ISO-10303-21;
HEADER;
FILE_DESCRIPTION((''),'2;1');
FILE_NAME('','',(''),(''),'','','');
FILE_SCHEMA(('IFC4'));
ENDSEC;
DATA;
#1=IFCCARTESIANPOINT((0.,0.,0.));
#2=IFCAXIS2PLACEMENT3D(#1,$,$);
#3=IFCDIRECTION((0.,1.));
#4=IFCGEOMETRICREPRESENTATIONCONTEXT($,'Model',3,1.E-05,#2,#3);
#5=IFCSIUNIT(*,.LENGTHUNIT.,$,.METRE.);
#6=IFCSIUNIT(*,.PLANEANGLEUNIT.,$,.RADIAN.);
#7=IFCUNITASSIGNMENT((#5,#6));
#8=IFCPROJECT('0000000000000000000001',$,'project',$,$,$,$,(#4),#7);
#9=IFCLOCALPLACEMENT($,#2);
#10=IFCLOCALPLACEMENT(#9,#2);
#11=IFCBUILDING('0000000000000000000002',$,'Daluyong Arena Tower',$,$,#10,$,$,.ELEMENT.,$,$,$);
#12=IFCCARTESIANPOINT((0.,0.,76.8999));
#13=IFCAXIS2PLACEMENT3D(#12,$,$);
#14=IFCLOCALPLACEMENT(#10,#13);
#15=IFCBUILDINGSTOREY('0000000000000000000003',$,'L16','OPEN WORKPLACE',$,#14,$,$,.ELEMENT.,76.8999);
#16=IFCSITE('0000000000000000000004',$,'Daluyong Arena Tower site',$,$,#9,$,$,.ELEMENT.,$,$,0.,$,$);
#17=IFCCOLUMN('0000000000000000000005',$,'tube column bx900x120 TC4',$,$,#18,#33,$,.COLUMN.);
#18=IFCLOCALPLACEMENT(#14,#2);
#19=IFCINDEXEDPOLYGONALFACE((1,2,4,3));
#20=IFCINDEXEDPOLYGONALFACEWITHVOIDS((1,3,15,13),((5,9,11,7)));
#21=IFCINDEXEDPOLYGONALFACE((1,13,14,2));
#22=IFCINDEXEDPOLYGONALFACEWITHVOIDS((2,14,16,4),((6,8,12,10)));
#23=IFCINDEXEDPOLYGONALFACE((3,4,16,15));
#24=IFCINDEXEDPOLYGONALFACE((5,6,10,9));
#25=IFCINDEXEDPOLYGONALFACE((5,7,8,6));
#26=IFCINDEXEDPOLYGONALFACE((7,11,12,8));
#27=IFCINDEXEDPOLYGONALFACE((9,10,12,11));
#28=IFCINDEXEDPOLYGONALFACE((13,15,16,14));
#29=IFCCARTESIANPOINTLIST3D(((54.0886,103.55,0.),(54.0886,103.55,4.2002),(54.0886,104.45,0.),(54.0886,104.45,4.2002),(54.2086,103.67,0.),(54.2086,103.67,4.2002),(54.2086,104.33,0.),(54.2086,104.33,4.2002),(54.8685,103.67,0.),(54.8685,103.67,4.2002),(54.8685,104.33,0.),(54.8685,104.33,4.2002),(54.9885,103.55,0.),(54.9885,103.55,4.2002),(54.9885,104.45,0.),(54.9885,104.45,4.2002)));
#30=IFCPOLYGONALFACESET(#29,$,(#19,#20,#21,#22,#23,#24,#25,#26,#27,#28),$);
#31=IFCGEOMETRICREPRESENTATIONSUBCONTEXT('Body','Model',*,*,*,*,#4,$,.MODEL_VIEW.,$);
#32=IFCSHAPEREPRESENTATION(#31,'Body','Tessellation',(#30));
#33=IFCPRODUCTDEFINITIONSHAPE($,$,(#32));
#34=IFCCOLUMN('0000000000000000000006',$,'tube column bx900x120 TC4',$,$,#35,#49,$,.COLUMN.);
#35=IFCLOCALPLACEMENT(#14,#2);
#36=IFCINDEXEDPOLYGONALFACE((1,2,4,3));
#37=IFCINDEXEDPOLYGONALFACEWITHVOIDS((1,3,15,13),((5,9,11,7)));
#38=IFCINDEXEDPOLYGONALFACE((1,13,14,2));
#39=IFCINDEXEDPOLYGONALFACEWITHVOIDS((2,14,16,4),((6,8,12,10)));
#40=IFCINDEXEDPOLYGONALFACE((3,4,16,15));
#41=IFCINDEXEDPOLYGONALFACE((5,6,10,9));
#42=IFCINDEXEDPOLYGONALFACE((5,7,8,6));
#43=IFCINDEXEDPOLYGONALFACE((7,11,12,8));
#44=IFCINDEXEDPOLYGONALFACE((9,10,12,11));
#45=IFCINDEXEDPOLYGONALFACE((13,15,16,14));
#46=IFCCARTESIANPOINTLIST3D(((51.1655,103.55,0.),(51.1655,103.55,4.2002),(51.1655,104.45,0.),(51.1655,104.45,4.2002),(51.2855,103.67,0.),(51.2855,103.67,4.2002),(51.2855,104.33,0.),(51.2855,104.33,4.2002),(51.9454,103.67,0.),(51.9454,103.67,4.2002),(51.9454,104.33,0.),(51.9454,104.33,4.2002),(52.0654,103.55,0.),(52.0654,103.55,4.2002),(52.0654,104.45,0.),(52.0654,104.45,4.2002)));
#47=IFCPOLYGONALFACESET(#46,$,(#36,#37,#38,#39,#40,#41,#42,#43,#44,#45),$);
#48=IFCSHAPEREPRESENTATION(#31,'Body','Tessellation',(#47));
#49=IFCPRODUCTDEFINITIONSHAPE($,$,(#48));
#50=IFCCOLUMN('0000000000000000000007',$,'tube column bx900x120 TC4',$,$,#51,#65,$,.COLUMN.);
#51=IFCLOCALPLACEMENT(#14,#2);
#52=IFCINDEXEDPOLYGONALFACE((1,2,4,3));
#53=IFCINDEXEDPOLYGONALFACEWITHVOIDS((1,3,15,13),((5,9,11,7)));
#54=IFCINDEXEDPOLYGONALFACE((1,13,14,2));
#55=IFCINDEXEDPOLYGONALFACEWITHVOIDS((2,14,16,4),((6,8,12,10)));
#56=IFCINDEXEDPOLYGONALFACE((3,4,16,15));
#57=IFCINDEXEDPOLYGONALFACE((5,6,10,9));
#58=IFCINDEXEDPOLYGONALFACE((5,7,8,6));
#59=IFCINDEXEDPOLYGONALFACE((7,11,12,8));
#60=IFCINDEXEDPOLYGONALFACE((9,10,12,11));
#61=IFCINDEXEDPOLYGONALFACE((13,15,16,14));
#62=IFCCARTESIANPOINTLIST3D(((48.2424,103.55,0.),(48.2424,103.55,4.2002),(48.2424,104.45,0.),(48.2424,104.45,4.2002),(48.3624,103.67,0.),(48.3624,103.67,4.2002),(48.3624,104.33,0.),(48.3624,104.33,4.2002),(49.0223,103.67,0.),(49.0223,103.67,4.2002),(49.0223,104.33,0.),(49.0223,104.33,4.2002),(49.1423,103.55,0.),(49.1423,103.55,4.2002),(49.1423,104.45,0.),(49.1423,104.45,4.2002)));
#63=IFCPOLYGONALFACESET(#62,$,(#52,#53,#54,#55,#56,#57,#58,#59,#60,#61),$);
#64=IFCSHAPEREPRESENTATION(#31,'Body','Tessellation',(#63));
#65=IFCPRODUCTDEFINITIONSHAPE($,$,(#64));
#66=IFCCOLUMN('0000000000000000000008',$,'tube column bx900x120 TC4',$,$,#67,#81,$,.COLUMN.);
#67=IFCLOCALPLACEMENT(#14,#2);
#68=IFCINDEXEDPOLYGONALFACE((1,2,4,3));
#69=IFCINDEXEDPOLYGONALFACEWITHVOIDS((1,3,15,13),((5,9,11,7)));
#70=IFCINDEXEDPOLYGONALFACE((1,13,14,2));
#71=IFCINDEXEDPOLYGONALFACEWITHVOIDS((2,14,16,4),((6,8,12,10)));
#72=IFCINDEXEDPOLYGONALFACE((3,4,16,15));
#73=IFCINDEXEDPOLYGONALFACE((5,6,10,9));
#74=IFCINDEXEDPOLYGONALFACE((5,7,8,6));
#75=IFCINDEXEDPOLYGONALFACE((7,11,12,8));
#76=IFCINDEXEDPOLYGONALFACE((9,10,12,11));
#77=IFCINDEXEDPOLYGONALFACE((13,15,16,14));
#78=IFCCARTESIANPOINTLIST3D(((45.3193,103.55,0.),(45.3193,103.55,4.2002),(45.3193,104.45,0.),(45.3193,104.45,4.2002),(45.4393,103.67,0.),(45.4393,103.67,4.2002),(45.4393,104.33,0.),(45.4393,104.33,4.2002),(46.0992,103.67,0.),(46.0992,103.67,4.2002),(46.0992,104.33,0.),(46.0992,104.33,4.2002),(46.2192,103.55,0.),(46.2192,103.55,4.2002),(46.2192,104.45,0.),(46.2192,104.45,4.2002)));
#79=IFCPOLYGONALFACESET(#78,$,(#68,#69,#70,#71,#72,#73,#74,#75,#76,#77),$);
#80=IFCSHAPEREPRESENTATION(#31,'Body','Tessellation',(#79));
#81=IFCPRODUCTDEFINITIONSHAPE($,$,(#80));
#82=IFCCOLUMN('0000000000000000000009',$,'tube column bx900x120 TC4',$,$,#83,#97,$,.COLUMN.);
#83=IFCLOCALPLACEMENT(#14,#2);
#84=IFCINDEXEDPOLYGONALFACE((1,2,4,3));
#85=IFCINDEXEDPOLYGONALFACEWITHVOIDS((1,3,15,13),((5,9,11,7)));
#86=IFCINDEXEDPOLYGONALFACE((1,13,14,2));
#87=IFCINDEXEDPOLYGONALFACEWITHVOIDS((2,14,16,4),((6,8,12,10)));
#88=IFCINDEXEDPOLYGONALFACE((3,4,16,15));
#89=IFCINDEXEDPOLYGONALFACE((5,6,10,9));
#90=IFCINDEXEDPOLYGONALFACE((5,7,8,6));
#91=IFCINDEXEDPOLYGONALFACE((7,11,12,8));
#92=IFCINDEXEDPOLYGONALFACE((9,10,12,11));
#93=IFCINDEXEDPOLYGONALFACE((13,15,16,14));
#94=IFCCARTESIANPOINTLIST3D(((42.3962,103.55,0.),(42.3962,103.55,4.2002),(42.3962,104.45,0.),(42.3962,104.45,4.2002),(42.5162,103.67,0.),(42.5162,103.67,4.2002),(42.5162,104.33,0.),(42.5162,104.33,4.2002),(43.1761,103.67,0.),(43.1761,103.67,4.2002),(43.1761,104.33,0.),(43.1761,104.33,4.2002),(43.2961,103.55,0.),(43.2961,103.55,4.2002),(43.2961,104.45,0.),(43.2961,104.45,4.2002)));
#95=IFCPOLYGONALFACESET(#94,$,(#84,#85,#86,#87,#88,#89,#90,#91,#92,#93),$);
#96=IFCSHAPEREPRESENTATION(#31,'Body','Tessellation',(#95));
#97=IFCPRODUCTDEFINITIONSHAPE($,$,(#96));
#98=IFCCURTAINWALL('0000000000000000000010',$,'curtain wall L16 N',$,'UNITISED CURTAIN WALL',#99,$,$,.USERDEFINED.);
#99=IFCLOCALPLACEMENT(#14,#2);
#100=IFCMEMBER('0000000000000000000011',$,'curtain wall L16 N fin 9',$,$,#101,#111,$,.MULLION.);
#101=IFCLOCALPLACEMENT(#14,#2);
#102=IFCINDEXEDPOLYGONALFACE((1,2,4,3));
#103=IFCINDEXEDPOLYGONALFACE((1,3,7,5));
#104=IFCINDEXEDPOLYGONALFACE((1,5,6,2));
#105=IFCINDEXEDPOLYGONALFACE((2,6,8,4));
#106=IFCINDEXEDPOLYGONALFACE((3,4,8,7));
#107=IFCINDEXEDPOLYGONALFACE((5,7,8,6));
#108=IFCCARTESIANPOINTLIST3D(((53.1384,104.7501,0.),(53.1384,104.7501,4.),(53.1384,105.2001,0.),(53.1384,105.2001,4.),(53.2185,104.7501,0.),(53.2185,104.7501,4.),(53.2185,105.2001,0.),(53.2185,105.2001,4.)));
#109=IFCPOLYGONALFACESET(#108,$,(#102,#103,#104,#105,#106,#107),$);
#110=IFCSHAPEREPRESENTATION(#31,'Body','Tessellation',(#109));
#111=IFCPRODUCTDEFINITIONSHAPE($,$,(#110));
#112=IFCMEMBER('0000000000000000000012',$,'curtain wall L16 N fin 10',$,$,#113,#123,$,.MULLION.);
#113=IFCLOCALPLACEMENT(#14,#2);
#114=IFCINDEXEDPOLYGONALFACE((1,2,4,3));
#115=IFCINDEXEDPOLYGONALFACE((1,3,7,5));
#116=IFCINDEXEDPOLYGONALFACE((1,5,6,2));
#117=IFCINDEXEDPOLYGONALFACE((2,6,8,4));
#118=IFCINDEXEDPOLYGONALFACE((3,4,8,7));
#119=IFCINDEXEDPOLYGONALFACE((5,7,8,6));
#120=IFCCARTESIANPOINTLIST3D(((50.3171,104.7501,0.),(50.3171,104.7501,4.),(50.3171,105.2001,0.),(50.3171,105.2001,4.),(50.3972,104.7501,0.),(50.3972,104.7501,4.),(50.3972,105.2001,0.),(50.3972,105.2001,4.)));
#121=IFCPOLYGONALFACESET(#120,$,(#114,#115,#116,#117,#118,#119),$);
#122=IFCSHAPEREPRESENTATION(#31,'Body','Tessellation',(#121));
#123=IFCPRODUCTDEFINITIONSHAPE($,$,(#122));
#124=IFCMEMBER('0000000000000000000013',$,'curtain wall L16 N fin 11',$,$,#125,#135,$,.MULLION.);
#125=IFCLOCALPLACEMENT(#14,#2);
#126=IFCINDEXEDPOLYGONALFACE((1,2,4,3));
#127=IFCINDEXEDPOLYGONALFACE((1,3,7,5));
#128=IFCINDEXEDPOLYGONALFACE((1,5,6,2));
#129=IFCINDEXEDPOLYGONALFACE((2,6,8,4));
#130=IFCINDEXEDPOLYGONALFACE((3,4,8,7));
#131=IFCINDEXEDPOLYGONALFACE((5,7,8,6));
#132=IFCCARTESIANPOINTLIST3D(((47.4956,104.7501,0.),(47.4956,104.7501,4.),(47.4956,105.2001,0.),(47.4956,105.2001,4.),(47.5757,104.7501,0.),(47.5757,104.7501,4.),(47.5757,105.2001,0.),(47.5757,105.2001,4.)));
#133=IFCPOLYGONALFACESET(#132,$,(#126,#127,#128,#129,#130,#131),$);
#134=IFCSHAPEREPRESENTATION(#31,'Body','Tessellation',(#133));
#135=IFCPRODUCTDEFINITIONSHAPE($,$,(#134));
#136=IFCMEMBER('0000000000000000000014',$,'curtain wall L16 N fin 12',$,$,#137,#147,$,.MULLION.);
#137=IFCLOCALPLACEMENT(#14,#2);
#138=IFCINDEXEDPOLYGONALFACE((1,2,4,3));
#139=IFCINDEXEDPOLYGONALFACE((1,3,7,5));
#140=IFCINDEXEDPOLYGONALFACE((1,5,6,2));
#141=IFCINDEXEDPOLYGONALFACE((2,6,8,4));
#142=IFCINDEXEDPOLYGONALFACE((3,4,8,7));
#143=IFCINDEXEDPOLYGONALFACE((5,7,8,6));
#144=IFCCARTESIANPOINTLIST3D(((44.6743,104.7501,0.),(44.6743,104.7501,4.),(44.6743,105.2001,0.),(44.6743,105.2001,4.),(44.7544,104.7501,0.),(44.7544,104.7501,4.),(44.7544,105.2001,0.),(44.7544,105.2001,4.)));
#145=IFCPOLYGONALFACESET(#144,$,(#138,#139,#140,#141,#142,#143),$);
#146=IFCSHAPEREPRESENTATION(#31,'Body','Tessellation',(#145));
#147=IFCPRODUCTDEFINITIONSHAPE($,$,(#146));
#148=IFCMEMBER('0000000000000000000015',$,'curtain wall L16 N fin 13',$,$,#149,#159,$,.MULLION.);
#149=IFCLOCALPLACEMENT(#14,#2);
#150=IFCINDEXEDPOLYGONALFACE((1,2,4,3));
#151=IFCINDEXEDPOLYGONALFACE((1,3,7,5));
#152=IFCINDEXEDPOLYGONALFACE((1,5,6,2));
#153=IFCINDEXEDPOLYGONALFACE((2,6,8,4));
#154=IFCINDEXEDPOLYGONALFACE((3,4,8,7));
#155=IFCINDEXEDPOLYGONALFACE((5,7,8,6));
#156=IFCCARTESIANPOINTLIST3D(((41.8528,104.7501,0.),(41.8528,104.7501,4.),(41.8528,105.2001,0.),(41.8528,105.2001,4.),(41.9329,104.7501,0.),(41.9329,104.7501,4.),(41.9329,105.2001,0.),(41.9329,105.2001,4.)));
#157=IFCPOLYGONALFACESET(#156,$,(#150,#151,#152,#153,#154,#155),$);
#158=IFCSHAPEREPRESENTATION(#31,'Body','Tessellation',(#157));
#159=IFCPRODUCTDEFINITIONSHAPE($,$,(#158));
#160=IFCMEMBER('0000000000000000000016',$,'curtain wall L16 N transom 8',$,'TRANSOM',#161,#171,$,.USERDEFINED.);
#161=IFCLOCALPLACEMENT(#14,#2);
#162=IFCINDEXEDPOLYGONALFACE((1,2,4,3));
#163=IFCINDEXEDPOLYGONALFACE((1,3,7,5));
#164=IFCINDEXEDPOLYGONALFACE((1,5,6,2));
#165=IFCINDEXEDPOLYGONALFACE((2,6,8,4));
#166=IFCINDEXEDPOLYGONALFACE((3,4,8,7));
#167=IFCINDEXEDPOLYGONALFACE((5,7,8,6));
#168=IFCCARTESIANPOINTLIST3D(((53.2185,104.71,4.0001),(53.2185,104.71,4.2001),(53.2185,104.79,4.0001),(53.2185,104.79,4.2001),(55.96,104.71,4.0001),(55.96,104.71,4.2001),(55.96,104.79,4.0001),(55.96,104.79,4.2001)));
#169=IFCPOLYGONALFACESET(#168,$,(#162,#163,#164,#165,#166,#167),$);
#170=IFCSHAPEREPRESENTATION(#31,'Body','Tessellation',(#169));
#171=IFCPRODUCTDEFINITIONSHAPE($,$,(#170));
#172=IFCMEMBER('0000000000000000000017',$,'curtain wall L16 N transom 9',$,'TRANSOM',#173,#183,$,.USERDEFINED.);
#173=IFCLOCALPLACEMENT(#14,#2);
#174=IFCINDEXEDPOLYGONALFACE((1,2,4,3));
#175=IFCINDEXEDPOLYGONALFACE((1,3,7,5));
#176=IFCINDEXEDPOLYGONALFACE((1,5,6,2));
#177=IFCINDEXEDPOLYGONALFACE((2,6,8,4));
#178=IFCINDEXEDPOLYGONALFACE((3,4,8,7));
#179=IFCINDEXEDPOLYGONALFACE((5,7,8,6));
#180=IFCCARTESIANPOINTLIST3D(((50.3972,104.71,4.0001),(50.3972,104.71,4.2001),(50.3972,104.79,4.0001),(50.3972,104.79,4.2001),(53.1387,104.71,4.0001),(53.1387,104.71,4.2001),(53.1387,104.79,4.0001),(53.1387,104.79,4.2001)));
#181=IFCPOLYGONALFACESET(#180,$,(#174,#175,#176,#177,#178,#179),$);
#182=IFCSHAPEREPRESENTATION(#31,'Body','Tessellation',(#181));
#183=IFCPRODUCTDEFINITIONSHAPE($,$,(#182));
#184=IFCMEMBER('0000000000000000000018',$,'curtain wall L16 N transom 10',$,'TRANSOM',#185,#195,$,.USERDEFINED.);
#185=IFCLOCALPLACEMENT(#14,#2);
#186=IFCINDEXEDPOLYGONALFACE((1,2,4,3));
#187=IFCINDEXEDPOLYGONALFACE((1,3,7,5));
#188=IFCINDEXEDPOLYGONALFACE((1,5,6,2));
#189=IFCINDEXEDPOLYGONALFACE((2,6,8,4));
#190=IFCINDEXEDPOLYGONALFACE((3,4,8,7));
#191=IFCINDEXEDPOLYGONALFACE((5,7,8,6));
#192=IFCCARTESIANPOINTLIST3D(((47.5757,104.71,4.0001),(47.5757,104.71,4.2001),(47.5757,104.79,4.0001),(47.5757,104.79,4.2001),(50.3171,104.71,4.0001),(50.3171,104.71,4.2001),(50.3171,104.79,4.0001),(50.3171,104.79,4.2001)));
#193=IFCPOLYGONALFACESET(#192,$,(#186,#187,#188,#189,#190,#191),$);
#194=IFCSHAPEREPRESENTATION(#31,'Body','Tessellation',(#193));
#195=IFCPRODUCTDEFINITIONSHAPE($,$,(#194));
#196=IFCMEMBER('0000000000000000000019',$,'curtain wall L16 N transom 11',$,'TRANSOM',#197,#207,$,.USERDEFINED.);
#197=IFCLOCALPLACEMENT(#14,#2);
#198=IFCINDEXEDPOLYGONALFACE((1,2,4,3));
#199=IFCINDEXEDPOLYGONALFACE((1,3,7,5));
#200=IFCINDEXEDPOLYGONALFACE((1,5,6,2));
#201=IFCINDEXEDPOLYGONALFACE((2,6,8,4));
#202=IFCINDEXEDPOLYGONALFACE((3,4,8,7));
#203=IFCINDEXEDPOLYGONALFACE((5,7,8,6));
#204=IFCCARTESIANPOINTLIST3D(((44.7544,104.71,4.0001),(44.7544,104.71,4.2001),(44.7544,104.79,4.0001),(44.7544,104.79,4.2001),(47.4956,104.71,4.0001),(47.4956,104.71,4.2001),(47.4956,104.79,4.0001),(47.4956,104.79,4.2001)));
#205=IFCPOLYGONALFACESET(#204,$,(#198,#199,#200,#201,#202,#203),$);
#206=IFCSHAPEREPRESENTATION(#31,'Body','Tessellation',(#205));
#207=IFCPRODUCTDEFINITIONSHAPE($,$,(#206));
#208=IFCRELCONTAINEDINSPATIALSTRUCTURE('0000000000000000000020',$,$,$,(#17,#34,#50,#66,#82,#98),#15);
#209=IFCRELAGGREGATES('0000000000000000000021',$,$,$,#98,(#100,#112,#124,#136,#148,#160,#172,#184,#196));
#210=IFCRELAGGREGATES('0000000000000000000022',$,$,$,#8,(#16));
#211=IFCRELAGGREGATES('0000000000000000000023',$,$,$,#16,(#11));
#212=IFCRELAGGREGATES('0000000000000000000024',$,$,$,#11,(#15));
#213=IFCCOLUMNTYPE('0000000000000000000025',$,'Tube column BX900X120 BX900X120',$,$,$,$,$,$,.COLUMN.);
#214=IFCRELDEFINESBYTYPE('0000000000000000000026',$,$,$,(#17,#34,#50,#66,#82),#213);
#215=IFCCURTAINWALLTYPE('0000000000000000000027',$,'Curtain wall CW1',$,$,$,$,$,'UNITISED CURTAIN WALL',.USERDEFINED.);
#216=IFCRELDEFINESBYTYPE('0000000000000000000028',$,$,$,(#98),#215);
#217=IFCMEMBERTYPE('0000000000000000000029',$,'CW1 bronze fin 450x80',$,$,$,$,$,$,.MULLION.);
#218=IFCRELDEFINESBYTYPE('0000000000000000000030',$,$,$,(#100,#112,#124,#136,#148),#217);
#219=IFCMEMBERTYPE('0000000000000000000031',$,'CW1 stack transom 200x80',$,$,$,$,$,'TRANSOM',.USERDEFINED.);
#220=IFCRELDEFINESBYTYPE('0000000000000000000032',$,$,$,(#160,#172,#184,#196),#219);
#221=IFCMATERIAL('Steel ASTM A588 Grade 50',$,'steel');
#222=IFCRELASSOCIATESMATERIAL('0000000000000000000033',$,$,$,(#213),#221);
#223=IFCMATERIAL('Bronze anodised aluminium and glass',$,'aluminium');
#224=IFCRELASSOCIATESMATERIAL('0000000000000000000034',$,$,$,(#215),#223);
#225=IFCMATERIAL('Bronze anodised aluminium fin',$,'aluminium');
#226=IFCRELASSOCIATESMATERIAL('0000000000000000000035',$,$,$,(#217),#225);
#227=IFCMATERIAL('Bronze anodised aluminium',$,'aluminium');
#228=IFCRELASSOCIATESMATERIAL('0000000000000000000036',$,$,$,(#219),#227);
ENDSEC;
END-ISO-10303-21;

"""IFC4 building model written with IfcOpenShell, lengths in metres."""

from ifc_helpers import new_model, si_unit, direction, frame, origin, origin_2d, place, context, subcontext, project, spatial, rectangle, hollow_rectangle, extrude, material, material_profile, profile_set, type_object, element, aggregate, save


model = new_model("IFC4")

# Units and contexts
model_context = context("Model", 3, precision=1e-05, world=origin(), true_north=direction((0.0, 1.0)))
body_context = subcontext(model_context, "Body", "Model", "MODEL_VIEW")
ifc_project = project(units=[si_unit("LENGTHUNIT", "METRE"), si_unit("PLANEANGLEUNIT", "RADIAN")], contexts=[model_context])

# Site, building, storey
site_placement = place(None, origin())
site = spatial("IfcSite", under=ifc_project, at=site_placement, Name="Daluyong Arena Tower site", CompositionType="ELEMENT", RefElevation=0.0)
building_placement = place(site_placement, origin())
building = spatial("IfcBuilding", under=site, at=building_placement, Name="Daluyong Arena Tower", CompositionType="ELEMENT")
storey_placement = place(building_placement, frame((0.0, 0.0, 76.8999)))
storey = spatial("IfcBuildingStorey", under=building, at=storey_placement, Name="L16", Description="OPEN WORKPLACE", CompositionType="ELEMENT", Elevation=76.8999)

# Columns
ifc_material_1 = material(Name="Steel ASTM A588 Grade 50", Category="steel")
ifc_material_profile_1 = material_profile(ifc_material_1, hollow_rectangle(XDim=0.8999, YDim=0.8999, WallThickness=0.12, at=origin_2d()))
ifc_profile_set_1 = profile_set([ifc_material_profile_1], Name="Steel ASTM A588 Grade 50")
column_type = type_object("IfcColumnType", Name="Tube column BX900X120 BX900X120", PredefinedType="COLUMN", material=ifc_profile_set_1)
for number, where, z_axis, x_axis, name in (
    (1, (54.5386, 104.0, 0.0), (0.0, 0.0, 1.0), (1.0, 0.0, 0.0), "tube column bx900x120 TC4"),
    (2, (51.6155, 104.0, 0.0), (0.0, 0.0, 1.0), (1.0, 0.0, 0.0), "tube column bx900x120 TC4"),
    (3, (48.6924, 104.0, 0.0), (0.0, 0.0, 1.0), (1.0, 0.0, 0.0), "tube column bx900x120 TC4"),
    (4, (45.7693, 104.0, 0.0), (0.0, 0.0, 1.0), (1.0, 0.0, 0.0), "tube column bx900x120 TC4"),
    (5, (42.8462, 104.0, 0.0), (0.0, 0.0, 1.0), (1.0, 0.0, 0.0), "tube column bx900x120 TC4"),
):
    element("IfcColumn", number, at=place(storey_placement, frame(where, z_axis=z_axis, x_axis=x_axis)), inside=storey, type_object=column_type, Name=name, PredefinedType="COLUMN", context=body_context, shape_type="SweptSolid", body=[
        extrude(hollow_rectangle(XDim=0.8999, YDim=0.8999, WallThickness=0.12, at=origin_2d()), origin(), (0.0, 0.0, 1.0), 4.2002),
    ])

# Curtain wall, members
ifc_material_2 = material(Name="Bronze anodised aluminium and glass", Category="aluminium")
curtain_wall_type = type_object("IfcCurtainWallType", Name="Curtain wall CW1", ElementType="UNITISED CURTAIN WALL", PredefinedType="USERDEFINED", material=ifc_material_2)
curtain_wall_placement = place(storey_placement, origin())
curtain_wall = element("IfcCurtainWall", 6, at=curtain_wall_placement, inside=storey, type_object=curtain_wall_type, Name="curtain wall L16 N", ObjectType="UNITISED CURTAIN WALL", PredefinedType="USERDEFINED")
ifc_material_3 = material(Name="Bronze anodised aluminium fin", Category="aluminium")
ifc_material_profile_2 = material_profile(ifc_material_3, rectangle(XDim=0.45, YDim=0.0801, at=origin_2d()))
ifc_profile_set_2 = profile_set([ifc_material_profile_2], Name="Bronze anodised aluminium fin")
member_type_1 = type_object("IfcMemberType", Name="CW1 bronze fin 450x80", PredefinedType="MULLION", material=ifc_profile_set_2)
member_1_placement = place(storey_placement, frame((53.1785, 104.9751, 0.0), z_axis=(0.0, 0.0, 1.0), x_axis=(0.0, -1.0, 0.0)))
member_1 = element("IfcMember", 7, at=member_1_placement, type_object=member_type_1, Name="curtain wall L16 N fin 9", PredefinedType="MULLION", context=body_context, shape_type="SweptSolid", body=[
    extrude(rectangle(XDim=0.45, YDim=0.0801, at=origin_2d()), origin(), (0.0, 0.0, 1.0), 4.0),
])
member_2_placement = place(storey_placement, frame((50.3572, 104.9751, 0.0), z_axis=(0.0, 0.0, 1.0), x_axis=(0.0, -1.0, 0.0)))
member_2 = element("IfcMember", 8, at=member_2_placement, type_object=member_type_1, Name="curtain wall L16 N fin 10", PredefinedType="MULLION", context=body_context, shape_type="SweptSolid", body=[
    extrude(rectangle(XDim=0.45, YDim=0.0801, at=origin_2d()), origin(), (0.0, 0.0, 1.0), 4.0),
])
member_3_placement = place(storey_placement, frame((47.5356, 104.9751, 0.0), z_axis=(0.0, 0.0, 1.0), x_axis=(0.0, -1.0, 0.0)))
member_3 = element("IfcMember", 9, at=member_3_placement, type_object=member_type_1, Name="curtain wall L16 N fin 11", PredefinedType="MULLION", context=body_context, shape_type="SweptSolid", body=[
    extrude(rectangle(XDim=0.45, YDim=0.0801, at=origin_2d()), origin(), (0.0, 0.0, 1.0), 4.0),
])
member_4_placement = place(storey_placement, frame((44.7144, 104.9751, 0.0), z_axis=(0.0, 0.0, 1.0), x_axis=(0.0, -1.0, 0.0)))
member_4 = element("IfcMember", 10, at=member_4_placement, type_object=member_type_1, Name="curtain wall L16 N fin 12", PredefinedType="MULLION", context=body_context, shape_type="SweptSolid", body=[
    extrude(rectangle(XDim=0.45, YDim=0.0801, at=origin_2d()), origin(), (0.0, 0.0, 1.0), 4.0),
])
member_5_placement = place(storey_placement, frame((41.8928, 104.9751, 0.0), z_axis=(0.0, 0.0, 1.0), x_axis=(0.0, -1.0, 0.0)))
member_5 = element("IfcMember", 11, at=member_5_placement, type_object=member_type_1, Name="curtain wall L16 N fin 13", PredefinedType="MULLION", context=body_context, shape_type="SweptSolid", body=[
    extrude(rectangle(XDim=0.45, YDim=0.0801, at=origin_2d()), origin(), (0.0, 0.0, 1.0), 4.0),
])
ifc_material_4 = material(Name="Bronze anodised aluminium", Category="aluminium")
ifc_material_profile_3 = material_profile(ifc_material_4, rectangle(XDim=0.0801, YDim=0.2, at=origin_2d()))
ifc_profile_set_3 = profile_set([ifc_material_profile_3], Name="Bronze anodised aluminium")
member_type_2 = type_object("IfcMemberType", Name="CW1 stack transom 200x80", ElementType="TRANSOM", PredefinedType="USERDEFINED", material=ifc_profile_set_3)
member_6_placement = place(storey_placement, frame((55.96, 104.75, 4.1001), z_axis=(-1.0, 0.0, 0.0), x_axis=(0.0, -1.0, 0.0)))
member_6 = element("IfcMember", 12, at=member_6_placement, type_object=member_type_2, Name="curtain wall L16 N transom 8", ObjectType="TRANSOM", PredefinedType="USERDEFINED", context=body_context, shape_type="SweptSolid", body=[
    extrude(rectangle(XDim=0.0801, YDim=0.2, at=origin_2d()), origin(), (0.0, 0.0, 1.0), 2.7415),
])
member_7_placement = place(storey_placement, frame((53.1387, 104.75, 4.1001), z_axis=(-1.0, 0.0, 0.0), x_axis=(0.0, -1.0, 0.0)))
member_7 = element("IfcMember", 13, at=member_7_placement, type_object=member_type_2, Name="curtain wall L16 N transom 9", ObjectType="TRANSOM", PredefinedType="USERDEFINED", context=body_context, shape_type="SweptSolid", body=[
    extrude(rectangle(XDim=0.0801, YDim=0.2, at=origin_2d()), origin(), (0.0, 0.0, 1.0), 2.7415),
])
member_8_placement = place(storey_placement, frame((50.3171, 104.75, 4.1001), z_axis=(-1.0, 0.0, 0.0), x_axis=(0.0, -1.0, 0.0)))
member_8 = element("IfcMember", 14, at=member_8_placement, type_object=member_type_2, Name="curtain wall L16 N transom 10", ObjectType="TRANSOM", PredefinedType="USERDEFINED", context=body_context, shape_type="SweptSolid", body=[
    extrude(rectangle(XDim=0.0801, YDim=0.2, at=origin_2d()), origin(), (0.0, 0.0, 1.0), 2.7415),
])
member_9_placement = place(storey_placement, frame((47.4956, 104.75, 4.1001), z_axis=(-1.0, 0.0, 0.0), x_axis=(0.0, -1.0, 0.0)))
member_9 = element("IfcMember", 15, at=member_9_placement, type_object=member_type_2, Name="curtain wall L16 N transom 11", ObjectType="TRANSOM", PredefinedType="USERDEFINED", context=body_context, shape_type="SweptSolid", body=[
    extrude(rectangle(XDim=0.0801, YDim=0.2, at=origin_2d()), origin(), (0.0, 0.0, 1.0), 2.7412),
])

aggregate(curtain_wall, [member_1, member_2, member_3, member_4, member_5, member_6, member_7, member_8, member_9])

save(model, "model.ifc")
